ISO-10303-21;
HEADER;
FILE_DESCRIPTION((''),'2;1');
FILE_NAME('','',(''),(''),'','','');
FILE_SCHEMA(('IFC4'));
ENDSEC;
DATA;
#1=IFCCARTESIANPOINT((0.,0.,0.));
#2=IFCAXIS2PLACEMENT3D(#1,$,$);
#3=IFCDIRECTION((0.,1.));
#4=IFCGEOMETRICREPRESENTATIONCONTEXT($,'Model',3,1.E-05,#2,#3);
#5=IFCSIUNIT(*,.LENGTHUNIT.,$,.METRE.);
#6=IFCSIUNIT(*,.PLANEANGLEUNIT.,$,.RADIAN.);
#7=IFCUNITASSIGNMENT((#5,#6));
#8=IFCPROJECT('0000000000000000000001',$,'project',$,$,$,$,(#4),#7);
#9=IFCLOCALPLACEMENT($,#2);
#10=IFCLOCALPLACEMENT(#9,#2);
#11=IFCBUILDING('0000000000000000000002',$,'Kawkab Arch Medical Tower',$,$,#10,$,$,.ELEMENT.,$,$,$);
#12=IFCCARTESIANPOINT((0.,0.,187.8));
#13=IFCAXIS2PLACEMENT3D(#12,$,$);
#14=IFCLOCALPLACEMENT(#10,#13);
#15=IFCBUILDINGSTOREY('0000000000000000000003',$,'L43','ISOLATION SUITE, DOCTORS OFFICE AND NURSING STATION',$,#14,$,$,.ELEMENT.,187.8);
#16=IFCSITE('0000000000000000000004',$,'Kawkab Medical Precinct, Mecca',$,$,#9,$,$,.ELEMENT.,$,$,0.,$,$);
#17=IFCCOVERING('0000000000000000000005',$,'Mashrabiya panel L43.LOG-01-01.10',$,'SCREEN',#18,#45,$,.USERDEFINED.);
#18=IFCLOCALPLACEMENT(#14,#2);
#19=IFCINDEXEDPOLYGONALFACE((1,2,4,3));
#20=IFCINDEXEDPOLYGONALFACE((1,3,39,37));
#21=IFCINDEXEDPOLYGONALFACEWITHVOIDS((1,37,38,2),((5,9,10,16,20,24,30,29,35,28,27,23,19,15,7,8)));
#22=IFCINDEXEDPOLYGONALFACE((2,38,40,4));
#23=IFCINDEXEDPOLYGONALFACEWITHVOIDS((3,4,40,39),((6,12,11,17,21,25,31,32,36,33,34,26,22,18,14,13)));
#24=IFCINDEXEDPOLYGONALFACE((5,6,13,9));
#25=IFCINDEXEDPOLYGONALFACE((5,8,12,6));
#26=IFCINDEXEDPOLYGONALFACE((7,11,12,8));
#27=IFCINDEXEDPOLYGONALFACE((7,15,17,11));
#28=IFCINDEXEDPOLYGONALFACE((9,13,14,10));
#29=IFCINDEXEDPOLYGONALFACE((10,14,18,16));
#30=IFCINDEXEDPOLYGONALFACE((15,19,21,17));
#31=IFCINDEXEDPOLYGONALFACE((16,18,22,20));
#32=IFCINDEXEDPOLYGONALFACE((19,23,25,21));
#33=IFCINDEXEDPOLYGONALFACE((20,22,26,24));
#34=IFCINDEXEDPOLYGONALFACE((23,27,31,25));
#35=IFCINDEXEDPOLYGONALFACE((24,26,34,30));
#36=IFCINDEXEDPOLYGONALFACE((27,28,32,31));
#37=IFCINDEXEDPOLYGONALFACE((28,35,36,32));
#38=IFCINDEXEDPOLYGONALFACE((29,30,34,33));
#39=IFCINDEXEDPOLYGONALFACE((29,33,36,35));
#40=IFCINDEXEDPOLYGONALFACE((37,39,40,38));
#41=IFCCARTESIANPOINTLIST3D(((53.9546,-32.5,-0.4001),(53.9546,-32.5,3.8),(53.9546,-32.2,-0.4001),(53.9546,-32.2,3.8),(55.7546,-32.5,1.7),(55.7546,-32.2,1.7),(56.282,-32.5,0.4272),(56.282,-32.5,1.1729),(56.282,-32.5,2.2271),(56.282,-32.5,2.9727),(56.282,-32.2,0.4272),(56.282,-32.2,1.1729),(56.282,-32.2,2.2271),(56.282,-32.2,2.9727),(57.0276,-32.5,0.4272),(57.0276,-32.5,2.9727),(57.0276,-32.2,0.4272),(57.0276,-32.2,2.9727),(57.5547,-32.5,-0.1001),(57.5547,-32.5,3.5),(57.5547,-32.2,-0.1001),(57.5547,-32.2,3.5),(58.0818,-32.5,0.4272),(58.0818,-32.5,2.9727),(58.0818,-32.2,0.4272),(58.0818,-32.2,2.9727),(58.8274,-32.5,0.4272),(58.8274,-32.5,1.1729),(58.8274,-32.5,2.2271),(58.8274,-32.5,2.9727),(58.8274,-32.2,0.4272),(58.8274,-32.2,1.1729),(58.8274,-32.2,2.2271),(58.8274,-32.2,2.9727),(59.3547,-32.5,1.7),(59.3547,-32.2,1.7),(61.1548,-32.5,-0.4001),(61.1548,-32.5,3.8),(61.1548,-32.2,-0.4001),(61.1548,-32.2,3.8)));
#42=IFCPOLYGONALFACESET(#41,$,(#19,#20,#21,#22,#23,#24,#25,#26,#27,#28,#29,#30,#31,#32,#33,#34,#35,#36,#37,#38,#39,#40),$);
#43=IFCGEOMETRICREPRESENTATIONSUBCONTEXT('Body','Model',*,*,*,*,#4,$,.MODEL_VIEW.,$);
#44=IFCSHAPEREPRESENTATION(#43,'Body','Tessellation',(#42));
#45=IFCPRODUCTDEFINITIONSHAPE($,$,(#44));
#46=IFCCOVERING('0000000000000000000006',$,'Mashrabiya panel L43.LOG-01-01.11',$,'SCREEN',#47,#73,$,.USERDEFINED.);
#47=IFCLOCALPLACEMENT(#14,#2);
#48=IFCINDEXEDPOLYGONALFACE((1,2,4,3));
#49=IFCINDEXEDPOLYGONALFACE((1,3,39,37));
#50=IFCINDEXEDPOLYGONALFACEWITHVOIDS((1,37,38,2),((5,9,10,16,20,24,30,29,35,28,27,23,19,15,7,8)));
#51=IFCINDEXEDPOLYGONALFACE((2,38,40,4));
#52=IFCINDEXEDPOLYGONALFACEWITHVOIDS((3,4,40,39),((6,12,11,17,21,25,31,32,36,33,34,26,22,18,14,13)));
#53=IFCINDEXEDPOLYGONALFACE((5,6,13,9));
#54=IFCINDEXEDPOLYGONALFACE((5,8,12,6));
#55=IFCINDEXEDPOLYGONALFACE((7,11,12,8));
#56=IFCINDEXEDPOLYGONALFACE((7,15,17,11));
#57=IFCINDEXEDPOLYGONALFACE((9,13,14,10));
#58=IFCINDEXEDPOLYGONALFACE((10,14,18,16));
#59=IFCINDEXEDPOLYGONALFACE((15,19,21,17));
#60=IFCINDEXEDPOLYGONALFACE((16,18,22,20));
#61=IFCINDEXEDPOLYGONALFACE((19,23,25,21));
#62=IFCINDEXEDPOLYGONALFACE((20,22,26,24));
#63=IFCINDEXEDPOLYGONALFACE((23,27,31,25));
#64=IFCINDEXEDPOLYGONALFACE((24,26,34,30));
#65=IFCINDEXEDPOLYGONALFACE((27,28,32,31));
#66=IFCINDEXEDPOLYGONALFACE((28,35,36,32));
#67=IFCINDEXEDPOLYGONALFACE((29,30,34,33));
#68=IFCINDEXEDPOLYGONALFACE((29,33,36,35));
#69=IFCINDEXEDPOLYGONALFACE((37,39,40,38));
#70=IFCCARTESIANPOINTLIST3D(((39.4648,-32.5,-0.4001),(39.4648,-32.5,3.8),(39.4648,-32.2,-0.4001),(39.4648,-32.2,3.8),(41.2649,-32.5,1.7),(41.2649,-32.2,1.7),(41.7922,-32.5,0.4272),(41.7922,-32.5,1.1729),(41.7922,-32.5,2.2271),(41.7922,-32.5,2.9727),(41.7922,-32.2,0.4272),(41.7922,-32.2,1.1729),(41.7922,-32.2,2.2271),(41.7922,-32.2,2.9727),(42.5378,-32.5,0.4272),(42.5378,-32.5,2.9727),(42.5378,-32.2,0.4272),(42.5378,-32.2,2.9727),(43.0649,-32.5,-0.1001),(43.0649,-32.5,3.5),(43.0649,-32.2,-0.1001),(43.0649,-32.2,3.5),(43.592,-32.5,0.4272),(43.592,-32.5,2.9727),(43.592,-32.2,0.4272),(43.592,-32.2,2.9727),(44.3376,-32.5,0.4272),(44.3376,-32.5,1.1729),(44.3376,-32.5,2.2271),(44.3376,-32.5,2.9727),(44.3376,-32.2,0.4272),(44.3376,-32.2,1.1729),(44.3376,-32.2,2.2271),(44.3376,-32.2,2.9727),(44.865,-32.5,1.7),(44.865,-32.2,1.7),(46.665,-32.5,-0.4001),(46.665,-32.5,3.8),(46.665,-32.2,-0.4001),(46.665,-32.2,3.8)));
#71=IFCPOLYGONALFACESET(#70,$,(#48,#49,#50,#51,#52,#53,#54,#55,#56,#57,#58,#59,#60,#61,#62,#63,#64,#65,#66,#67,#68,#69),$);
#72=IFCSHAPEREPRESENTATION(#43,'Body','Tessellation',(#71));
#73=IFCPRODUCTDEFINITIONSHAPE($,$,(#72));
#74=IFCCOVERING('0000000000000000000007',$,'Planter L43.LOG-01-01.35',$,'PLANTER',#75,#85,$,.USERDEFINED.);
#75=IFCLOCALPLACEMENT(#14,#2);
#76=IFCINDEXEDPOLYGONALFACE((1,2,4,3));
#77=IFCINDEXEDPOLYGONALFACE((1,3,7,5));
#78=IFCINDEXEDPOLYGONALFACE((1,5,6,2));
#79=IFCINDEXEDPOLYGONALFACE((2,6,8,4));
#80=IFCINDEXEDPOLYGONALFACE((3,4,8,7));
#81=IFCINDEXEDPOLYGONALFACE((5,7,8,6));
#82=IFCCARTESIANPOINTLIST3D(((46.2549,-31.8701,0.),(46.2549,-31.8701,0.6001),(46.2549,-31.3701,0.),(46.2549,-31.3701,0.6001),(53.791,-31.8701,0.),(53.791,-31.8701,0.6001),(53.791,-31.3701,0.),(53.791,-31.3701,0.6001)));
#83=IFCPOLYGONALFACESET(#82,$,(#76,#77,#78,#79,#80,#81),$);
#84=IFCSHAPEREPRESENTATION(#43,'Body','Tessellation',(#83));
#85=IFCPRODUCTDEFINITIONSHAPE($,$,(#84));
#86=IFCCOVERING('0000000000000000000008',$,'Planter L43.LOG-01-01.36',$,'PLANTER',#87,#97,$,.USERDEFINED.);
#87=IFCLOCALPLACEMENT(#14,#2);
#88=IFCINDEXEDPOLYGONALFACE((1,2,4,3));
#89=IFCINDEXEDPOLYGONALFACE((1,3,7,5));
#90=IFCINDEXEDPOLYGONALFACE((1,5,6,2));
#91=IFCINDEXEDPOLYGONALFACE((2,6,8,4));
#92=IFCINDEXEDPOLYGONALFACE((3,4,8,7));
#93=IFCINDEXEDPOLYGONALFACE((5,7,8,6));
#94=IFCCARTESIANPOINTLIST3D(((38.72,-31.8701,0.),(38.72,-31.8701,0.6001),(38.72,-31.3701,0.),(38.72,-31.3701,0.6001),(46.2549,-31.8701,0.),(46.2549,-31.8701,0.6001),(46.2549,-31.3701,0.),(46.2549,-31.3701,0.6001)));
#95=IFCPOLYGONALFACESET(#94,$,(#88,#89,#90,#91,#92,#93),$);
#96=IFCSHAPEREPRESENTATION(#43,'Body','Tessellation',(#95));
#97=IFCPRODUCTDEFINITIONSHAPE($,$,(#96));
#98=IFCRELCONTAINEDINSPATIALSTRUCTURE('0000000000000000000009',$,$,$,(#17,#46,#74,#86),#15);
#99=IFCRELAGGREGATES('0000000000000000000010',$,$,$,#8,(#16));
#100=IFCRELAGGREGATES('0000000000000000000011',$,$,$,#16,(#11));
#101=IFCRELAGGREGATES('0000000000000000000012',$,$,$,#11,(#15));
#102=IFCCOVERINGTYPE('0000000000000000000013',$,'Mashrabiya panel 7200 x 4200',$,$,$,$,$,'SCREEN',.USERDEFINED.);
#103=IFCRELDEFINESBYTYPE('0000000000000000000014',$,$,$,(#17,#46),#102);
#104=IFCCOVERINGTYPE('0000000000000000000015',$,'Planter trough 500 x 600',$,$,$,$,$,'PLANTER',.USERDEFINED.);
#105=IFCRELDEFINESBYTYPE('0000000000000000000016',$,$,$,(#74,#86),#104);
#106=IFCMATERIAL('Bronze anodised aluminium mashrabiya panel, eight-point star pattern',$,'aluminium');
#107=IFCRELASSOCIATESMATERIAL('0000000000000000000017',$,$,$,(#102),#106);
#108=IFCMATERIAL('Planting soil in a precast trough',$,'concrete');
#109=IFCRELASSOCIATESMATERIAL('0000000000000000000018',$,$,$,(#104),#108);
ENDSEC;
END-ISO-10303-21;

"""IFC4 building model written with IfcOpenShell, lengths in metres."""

from ifc_helpers import new_model, si_unit, direction, frame, origin, origin_2d, place, context, subcontext, project, spatial, polyline, rectangle, outline, extrude, material, material_profile, profile_set, type_object, element, save


model = new_model("IFC4")

# Units and contexts
model_context = context("Model", 3, precision=1e-05, world=origin(), true_north=direction((0.0, 1.0)))
body_context = subcontext(model_context, "Body", "Model", "MODEL_VIEW")
ifc_project = project(units=[si_unit("LENGTHUNIT", "METRE"), si_unit("PLANEANGLEUNIT", "RADIAN")], contexts=[model_context])

# Site, building, storey
site_placement = place(None, origin())
site = spatial("IfcSite", under=ifc_project, at=site_placement, Name="Kawkab Medical Precinct, Mecca", CompositionType="ELEMENT", RefElevation=0.0)
building_placement = place(site_placement, origin())
building = spatial("IfcBuilding", under=site, at=building_placement, Name="Kawkab Arch Medical Tower", CompositionType="ELEMENT")
storey_placement = place(building_placement, frame((0.0, 0.0, 187.8)))
storey = spatial("IfcBuildingStorey", under=building, at=storey_placement, Name="L43", Description="ISOLATION SUITE, DOCTORS OFFICE AND NURSING STATION", CompositionType="ELEMENT", Elevation=187.8)

# Coverings
ifc_material_1 = material(Name="Bronze anodised aluminium mashrabiya panel, eight-point star pattern", Category="aluminium")
ifc_material_profile_1 = material_profile(ifc_material_1, outline(polyline([(-3.6001, -2.1001), (3.6001, -2.1001), (3.6001, 2.1001), (-3.6001, 2.1001), (-3.6001, -2.1001)]), holes=[polyline([(1.8, 0.0), (1.2727, 0.5271), (1.2727, 1.2727), (0.5271, 1.2727), (0.0, 1.8), (-0.5271, 1.2727), (-1.2727, 1.2727), (-1.2727, 0.5271), (-1.8, 0.0), (-1.2727, -0.5271), (-1.2727, -1.2727), (-0.5271, -1.2727), (0.0, -1.8), (0.5271, -1.2727), (1.2727, -1.2727), (1.2727, -0.5271), (1.8, 0.0)])]), Name="Mashrabiya panel 7200x4200")
ifc_profile_set_1 = profile_set([ifc_material_profile_1], Name="Bronze anodised aluminium mashrabiya panel, eight-point star pattern")
covering_type_1 = type_object("IfcCoveringType", Name="Mashrabiya panel 7200 x 4200", ElementType="SCREEN", PredefinedType="USERDEFINED", material=ifc_profile_set_1)
for number, where, z_axis, x_axis, name in (
    (1, (57.5547, -32.2, 1.7), (0.0, -1.0, 0.0), (1.0, 0.0, 0.0), "Mashrabiya panel L43.LOG-01-01.10"),
    (2, (43.0649, -32.2, 1.7), (0.0, -1.0, 0.0), (1.0, 0.0, 0.0), "Mashrabiya panel L43.LOG-01-01.11"),
):
    element("IfcCovering", number, at=place(storey_placement, frame(where, z_axis=z_axis, x_axis=x_axis)), inside=storey, type_object=covering_type_1, Name=name, ObjectType="SCREEN", PredefinedType="USERDEFINED", context=body_context, shape_type="SweptSolid", body=[
        extrude(outline(polyline([(-3.6001, -2.1001), (3.6001, -2.1001), (3.6001, 2.1001), (-3.6001, 2.1001), (-3.6001, -2.1001)]), holes=[polyline([(1.8, 0.0), (1.2727, 0.5271), (1.2727, 1.2727), (0.5271, 1.2727), (0.0, 1.8), (-0.5271, 1.2727), (-1.2727, 1.2727), (-1.2727, 0.5271), (-1.8, 0.0), (-1.2727, -0.5271), (-1.2727, -1.2727), (-0.5271, -1.2727), (0.0, -1.8), (0.5271, -1.2727), (1.2727, -1.2727), (1.2727, -0.5271), (1.8, 0.0)])]), origin(), (0.0, 0.0, 1.0), 0.3),
    ])
ifc_material_2 = material(Name="Planting soil in a precast trough", Category="concrete")
ifc_material_profile_2 = material_profile(ifc_material_2, rectangle(XDim=0.5, YDim=0.6001, at=origin_2d()), Name="Trough 500x600")
ifc_profile_set_2 = profile_set([ifc_material_profile_2], Name="Planting soil in a precast trough")
covering_type_2 = type_object("IfcCoveringType", Name="Planter trough 500 x 600", ElementType="PLANTER", PredefinedType="USERDEFINED", material=ifc_profile_set_2)
covering_1_placement = place(storey_placement, frame((53.791, -31.6201, 0.3), z_axis=(-1.0, 0.0, 0.0), x_axis=(0.0, -1.0, 0.0)))
element("IfcCovering", 3, at=covering_1_placement, inside=storey, type_object=covering_type_2, Name="Planter L43.LOG-01-01.35", ObjectType="PLANTER", PredefinedType="USERDEFINED", context=body_context, shape_type="SweptSolid", body=[
    extrude(rectangle(XDim=0.5, YDim=0.6001, at=origin_2d()), origin(), (0.0, 0.0, 1.0), 7.5361),
])
covering_2_placement = place(storey_placement, frame((46.2549, -31.6201, 0.3), z_axis=(-1.0, 0.0, 0.0), x_axis=(0.0, -1.0, 0.0)))
element("IfcCovering", 4, at=covering_2_placement, inside=storey, type_object=covering_type_2, Name="Planter L43.LOG-01-01.36", ObjectType="PLANTER", PredefinedType="USERDEFINED", context=body_context, shape_type="SweptSolid", body=[
    extrude(rectangle(XDim=0.5, YDim=0.6001, at=origin_2d()), origin(), (0.0, 0.0, 1.0), 7.5349),
])

save(model, "model.ifc")
